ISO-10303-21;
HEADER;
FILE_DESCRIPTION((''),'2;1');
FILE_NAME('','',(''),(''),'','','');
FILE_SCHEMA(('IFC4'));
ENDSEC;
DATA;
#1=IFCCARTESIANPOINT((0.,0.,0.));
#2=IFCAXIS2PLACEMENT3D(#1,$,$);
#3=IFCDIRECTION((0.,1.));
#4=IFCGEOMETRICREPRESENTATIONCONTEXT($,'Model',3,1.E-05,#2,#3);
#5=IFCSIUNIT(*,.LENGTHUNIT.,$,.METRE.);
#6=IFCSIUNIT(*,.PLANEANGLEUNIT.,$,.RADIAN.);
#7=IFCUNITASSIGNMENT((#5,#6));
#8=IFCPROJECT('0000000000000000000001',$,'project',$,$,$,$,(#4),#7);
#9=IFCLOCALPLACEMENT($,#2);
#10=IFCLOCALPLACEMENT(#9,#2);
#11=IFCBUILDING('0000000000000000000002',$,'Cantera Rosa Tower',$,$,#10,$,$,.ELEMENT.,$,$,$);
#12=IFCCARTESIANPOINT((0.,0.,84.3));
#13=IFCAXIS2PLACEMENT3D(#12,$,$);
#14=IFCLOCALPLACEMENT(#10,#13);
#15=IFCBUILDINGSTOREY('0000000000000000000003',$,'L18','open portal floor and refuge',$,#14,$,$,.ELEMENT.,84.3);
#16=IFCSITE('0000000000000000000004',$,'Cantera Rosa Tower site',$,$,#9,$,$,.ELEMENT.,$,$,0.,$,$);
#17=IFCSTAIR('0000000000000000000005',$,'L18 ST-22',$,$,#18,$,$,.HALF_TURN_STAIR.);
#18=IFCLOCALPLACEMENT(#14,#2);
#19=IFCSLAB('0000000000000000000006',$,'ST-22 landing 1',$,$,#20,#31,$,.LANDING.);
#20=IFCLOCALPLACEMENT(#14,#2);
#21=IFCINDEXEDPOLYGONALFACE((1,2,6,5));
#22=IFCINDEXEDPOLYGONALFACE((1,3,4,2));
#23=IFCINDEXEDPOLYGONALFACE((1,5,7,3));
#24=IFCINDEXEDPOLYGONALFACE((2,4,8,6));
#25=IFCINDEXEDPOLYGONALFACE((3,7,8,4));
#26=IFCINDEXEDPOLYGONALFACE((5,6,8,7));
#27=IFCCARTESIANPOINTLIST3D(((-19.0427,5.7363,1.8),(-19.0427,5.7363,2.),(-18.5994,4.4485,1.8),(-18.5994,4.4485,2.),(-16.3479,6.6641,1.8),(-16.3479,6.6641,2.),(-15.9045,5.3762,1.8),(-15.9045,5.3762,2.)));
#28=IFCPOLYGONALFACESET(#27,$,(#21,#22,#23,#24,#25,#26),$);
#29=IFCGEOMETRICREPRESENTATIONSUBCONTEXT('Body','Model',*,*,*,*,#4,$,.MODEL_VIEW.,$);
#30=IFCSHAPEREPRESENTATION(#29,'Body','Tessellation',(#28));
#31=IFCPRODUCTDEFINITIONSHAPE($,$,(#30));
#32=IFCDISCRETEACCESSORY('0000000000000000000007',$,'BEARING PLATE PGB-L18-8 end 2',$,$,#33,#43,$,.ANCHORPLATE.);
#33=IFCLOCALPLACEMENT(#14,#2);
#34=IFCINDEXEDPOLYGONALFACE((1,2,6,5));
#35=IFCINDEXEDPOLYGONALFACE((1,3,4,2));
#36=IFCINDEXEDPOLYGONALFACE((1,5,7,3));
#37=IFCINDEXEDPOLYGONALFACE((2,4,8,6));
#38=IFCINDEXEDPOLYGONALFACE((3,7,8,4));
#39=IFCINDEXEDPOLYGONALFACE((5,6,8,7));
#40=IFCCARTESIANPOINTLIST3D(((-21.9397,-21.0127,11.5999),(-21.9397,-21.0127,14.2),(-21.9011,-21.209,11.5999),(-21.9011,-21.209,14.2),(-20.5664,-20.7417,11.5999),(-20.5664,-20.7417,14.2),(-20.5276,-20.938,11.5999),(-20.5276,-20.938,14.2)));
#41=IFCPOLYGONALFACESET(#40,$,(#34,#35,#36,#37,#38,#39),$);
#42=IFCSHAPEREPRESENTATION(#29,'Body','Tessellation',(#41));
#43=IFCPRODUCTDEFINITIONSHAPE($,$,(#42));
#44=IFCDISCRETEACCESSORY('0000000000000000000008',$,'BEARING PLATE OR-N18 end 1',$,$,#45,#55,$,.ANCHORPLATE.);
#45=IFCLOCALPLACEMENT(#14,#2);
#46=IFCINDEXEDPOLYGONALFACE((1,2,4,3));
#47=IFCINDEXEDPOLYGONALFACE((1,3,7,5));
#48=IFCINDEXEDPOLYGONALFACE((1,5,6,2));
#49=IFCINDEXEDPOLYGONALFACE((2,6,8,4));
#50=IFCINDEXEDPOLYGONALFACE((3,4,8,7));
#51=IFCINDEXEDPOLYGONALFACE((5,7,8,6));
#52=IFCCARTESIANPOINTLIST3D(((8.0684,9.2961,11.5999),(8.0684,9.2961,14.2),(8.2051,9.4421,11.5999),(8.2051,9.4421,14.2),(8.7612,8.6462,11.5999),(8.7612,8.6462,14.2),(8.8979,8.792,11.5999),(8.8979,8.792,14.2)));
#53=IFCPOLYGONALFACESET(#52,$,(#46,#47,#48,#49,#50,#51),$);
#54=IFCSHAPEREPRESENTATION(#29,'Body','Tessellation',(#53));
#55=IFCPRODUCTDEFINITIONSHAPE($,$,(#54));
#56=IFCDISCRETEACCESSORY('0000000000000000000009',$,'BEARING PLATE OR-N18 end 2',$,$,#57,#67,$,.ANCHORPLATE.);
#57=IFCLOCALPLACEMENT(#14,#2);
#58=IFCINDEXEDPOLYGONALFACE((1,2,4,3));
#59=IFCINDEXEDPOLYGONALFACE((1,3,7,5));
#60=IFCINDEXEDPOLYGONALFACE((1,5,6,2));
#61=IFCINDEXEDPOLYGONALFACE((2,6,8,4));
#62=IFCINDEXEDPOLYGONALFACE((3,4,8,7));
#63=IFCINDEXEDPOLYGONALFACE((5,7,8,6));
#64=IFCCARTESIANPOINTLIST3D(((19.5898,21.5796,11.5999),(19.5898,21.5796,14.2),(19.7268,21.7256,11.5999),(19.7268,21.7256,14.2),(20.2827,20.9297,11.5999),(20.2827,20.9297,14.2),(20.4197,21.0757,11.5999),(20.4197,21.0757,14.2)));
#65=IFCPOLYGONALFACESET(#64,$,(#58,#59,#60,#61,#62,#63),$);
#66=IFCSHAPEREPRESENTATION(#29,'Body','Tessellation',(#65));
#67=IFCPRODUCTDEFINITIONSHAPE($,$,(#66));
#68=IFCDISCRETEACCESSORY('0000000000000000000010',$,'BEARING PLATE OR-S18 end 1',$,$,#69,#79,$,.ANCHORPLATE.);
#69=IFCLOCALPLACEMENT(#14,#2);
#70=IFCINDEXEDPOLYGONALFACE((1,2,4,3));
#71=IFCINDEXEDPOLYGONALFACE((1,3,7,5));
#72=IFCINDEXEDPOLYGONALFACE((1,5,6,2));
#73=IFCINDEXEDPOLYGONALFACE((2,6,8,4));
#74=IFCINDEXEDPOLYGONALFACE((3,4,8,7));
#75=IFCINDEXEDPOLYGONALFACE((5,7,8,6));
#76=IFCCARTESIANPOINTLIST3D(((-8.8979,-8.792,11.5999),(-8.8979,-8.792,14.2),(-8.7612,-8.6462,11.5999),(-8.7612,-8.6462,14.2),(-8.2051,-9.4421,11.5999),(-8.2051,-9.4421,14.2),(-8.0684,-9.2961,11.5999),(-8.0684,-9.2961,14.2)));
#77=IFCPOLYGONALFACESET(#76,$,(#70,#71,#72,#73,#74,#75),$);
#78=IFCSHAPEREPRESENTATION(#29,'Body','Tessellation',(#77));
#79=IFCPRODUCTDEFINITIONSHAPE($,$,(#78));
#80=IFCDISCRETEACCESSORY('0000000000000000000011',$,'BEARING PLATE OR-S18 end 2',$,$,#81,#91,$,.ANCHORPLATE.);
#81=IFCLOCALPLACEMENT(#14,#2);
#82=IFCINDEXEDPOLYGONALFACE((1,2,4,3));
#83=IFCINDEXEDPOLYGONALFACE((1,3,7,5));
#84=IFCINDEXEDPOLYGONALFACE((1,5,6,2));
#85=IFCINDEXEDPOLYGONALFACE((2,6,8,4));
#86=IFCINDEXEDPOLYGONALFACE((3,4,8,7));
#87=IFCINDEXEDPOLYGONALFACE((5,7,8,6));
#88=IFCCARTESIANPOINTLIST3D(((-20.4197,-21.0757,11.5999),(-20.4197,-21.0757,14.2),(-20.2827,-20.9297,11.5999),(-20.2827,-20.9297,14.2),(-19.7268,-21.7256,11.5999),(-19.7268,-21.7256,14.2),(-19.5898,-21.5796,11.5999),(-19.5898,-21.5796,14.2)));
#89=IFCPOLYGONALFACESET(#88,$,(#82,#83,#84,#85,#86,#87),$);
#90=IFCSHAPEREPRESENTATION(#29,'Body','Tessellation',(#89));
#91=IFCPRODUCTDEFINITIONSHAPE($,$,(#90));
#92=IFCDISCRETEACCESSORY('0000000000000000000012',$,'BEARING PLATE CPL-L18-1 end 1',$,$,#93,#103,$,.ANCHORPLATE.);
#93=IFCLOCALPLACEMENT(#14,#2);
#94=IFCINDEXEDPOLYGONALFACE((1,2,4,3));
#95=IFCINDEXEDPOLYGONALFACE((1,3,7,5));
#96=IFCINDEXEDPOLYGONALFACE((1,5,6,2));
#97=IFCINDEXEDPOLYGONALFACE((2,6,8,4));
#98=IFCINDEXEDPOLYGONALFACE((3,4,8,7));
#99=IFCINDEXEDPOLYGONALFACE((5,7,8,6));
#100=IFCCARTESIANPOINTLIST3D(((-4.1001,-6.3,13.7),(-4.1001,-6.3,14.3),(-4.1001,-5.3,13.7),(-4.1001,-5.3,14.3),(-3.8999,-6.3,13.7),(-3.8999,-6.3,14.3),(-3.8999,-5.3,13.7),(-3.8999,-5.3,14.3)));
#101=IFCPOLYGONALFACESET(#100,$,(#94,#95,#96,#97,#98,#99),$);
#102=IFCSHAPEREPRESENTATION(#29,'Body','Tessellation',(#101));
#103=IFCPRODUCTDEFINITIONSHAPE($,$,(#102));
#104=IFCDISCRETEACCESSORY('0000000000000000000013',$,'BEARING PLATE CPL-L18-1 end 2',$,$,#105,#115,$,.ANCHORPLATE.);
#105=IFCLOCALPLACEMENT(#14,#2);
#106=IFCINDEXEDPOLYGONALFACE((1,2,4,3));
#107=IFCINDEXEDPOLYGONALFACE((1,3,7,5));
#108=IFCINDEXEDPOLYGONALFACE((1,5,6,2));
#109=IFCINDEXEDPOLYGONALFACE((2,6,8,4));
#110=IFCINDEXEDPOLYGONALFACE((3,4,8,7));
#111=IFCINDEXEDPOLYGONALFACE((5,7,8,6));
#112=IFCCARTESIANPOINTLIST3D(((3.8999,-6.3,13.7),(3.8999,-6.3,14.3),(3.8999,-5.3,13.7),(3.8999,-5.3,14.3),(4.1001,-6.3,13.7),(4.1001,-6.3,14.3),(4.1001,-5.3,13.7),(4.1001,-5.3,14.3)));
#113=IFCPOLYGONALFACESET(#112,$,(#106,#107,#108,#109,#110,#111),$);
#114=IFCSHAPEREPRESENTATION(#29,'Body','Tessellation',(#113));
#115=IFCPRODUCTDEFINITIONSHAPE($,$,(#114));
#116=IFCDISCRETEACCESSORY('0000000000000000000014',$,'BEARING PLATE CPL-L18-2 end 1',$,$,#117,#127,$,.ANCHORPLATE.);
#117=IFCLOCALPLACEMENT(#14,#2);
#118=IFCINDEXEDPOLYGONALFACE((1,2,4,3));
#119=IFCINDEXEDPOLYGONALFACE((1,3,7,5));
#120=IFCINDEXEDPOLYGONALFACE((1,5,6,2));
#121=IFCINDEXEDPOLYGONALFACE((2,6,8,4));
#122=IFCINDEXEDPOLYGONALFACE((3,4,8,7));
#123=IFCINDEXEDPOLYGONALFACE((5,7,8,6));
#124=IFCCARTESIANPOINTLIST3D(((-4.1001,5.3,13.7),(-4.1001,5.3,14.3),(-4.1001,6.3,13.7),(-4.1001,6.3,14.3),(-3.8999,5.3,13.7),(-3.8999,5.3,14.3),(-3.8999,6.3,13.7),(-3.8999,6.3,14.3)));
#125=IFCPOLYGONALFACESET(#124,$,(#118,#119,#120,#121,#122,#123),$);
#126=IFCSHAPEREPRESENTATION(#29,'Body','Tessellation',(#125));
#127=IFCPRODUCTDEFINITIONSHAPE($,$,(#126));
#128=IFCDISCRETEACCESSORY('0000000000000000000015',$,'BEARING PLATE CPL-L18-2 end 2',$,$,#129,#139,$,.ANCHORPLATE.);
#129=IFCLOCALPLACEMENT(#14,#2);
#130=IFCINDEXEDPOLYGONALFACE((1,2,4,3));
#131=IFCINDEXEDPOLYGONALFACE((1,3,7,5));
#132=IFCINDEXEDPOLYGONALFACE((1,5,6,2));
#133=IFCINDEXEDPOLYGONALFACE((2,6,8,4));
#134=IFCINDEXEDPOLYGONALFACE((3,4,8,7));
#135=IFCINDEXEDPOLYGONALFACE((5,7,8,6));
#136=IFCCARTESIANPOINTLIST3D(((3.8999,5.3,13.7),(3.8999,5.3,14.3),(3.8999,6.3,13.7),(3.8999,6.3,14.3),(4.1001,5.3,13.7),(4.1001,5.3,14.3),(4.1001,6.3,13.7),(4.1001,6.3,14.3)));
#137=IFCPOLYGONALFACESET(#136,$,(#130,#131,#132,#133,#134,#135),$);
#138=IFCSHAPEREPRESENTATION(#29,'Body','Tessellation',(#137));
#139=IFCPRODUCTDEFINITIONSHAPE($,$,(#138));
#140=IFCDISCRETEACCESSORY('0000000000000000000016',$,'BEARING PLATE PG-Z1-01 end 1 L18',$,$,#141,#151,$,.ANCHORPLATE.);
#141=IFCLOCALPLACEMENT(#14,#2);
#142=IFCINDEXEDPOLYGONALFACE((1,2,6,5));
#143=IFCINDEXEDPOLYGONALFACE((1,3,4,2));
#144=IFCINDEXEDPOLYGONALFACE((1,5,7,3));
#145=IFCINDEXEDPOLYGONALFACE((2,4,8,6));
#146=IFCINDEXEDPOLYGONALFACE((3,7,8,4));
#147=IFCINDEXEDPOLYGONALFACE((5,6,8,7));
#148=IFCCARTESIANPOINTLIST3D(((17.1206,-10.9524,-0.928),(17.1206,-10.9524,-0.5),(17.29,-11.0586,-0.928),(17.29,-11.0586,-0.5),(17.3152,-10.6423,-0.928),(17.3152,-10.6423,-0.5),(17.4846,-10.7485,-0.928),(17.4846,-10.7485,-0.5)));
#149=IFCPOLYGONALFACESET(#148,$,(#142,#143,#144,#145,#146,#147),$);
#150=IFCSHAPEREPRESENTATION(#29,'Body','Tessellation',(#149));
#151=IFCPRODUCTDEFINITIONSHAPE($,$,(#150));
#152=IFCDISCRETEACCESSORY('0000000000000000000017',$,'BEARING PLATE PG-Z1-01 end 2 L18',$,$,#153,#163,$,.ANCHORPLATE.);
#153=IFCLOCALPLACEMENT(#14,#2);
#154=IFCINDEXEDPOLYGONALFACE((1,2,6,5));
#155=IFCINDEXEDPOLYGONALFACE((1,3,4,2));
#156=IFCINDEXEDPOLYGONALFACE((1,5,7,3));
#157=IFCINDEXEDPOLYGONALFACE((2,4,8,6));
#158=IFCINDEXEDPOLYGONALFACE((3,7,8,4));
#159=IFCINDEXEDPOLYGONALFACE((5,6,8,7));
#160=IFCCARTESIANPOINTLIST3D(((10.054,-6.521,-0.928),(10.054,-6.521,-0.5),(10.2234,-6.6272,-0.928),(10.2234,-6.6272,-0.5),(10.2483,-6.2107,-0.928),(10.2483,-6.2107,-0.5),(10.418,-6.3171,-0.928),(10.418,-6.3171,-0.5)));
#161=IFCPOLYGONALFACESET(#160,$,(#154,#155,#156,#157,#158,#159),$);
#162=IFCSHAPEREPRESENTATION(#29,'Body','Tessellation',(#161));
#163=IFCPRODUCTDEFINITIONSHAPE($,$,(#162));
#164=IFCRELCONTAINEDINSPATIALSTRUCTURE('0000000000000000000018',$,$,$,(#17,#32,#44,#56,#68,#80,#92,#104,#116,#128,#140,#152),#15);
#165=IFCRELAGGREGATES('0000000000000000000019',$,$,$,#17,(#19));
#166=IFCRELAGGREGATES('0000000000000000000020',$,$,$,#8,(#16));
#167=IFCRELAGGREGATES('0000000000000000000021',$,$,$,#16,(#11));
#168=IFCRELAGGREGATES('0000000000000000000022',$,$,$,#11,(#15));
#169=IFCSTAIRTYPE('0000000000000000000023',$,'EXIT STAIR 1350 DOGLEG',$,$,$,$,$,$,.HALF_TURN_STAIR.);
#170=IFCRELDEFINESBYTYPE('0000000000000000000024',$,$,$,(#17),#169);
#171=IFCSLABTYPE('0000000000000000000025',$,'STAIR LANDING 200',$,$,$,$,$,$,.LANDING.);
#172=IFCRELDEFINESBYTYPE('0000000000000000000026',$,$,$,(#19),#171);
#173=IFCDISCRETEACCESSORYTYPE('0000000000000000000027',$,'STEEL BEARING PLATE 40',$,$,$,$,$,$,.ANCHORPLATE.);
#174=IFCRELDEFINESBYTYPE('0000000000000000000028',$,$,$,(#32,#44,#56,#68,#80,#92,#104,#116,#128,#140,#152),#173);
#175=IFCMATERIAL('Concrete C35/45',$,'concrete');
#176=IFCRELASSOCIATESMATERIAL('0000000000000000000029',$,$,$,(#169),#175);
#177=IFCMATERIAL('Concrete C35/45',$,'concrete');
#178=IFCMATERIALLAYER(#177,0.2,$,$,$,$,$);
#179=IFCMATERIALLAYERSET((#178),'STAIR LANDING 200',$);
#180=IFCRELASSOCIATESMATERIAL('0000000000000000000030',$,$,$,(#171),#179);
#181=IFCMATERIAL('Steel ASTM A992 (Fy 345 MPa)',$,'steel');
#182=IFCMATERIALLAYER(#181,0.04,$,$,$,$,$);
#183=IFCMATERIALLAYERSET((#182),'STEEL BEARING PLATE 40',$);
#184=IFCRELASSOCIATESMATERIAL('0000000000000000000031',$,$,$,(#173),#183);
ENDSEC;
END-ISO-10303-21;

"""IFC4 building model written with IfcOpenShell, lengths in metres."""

from ifc_helpers import new_model, si_unit, direction, frame, origin, place, context, subcontext, project, spatial, polyline, outline, extrude, material, layer, layer_set, type_object, element, aggregate, save


model = new_model("IFC4")

# Units and contexts
model_context = context("Model", 3, precision=1e-05, world=origin(), true_north=direction((0.0, 1.0)))
body_context = subcontext(model_context, "Body", "Model", "MODEL_VIEW")
ifc_project = project(units=[si_unit("LENGTHUNIT", "METRE"), si_unit("PLANEANGLEUNIT", "RADIAN")], contexts=[model_context])

# Site, building, storey
site_placement = place(None, origin())
site = spatial("IfcSite", under=ifc_project, at=site_placement, Name="Cantera Rosa Tower site", CompositionType="ELEMENT", RefElevation=0.0)
building_placement = place(site_placement, origin())
building = spatial("IfcBuilding", under=site, at=building_placement, Name="Cantera Rosa Tower", CompositionType="ELEMENT")
storey_placement = place(building_placement, frame((0.0, 0.0, 84.3)))
storey = spatial("IfcBuildingStorey", under=building, at=storey_placement, Name="L18", Description="open portal floor and refuge", CompositionType="ELEMENT", Elevation=84.3)

# Shared definitions
ifc_material_1 = material(Name="Concrete C35/45", Category="concrete")
stair_type = type_object("IfcStairType", Name="EXIT STAIR 1350 DOGLEG", PredefinedType="HALF_TURN_STAIR", material=ifc_material_1)
ifc_material_2 = material(Name="Concrete C35/45", Category="concrete")
ifc_layer_1 = layer(ifc_material_2, 0.2)
ifc_layer_set_1 = layer_set([ifc_layer_1], Name="STAIR LANDING 200")
slab_type_1 = type_object("IfcSlabType", Name="STAIR LANDING 200", PredefinedType="LANDING", material=ifc_layer_set_1)

# Stair, slab
stair_1_placement = place(storey_placement, origin())
stair_1 = element("IfcStair", 1, at=stair_1_placement, inside=storey, type_object=stair_type, Name="L18 ST-22", PredefinedType="HALF_TURN_STAIR")
slab_1_placement = place(storey_placement, frame((0.0, 0.0, 1.8)))
slab_1 = element("IfcSlab", 2, at=slab_1_placement, type_object=slab_type_1, Name="ST-22 landing 1", PredefinedType="LANDING", context=body_context, shape_type="SweptSolid", body=[
    extrude(outline(polyline([(-15.9045, 5.3762), (-16.3479, 6.6641), (-19.0427, 5.7363), (-18.5994, 4.4485), (-15.9045, 5.3762)])), origin(), (0.0, 0.0, 1.0), 0.2),
])
aggregate(stair_1, [slab_1])

# Discrete accessories
ifc_material_3 = material(Name="Steel ASTM A992 (Fy 345 MPa)", Category="steel")
ifc_layer_2 = layer(ifc_material_3, 0.04)
ifc_layer_set_2 = layer_set([ifc_layer_2], Name="STEEL BEARING PLATE 40")
discrete_accessory_type = type_object("IfcDiscreteAccessoryType", Name="STEEL BEARING PLATE 40", PredefinedType="ANCHORPLATE", material=ifc_layer_set_2)
discrete_accessory_1_placement = place(storey_placement, frame((0.0, 0.0, 11.5999)))
element("IfcDiscreteAccessory", 3, at=discrete_accessory_1_placement, inside=storey, type_object=discrete_accessory_type, Name="BEARING PLATE PGB-L18-8 end 2", PredefinedType="ANCHORPLATE", context=body_context, shape_type="SweptSolid", body=[
    extrude(outline(polyline([(-21.9397, -21.0127), (-21.9011, -21.209), (-20.5276, -20.938), (-20.5664, -20.7417), (-21.9397, -21.0127)])), origin(), (0.0, 0.0, 1.0), 2.6001),
])
discrete_accessory_2_placement = place(storey_placement, frame((0.0, 0.0, 11.5999)))
element("IfcDiscreteAccessory", 4, at=discrete_accessory_2_placement, inside=storey, type_object=discrete_accessory_type, Name="BEARING PLATE OR-N18 end 1", PredefinedType="ANCHORPLATE", context=body_context, shape_type="SweptSolid", body=[
    extrude(outline(polyline([(8.2051, 9.4421), (8.0684, 9.2961), (8.7612, 8.6462), (8.8979, 8.792), (8.2051, 9.4421)])), origin(), (0.0, 0.0, 1.0), 2.6001),
])
discrete_accessory_3_placement = place(storey_placement, frame((0.0, 0.0, 11.5999)))
element("IfcDiscreteAccessory", 5, at=discrete_accessory_3_placement, inside=storey, type_object=discrete_accessory_type, Name="BEARING PLATE OR-N18 end 2", PredefinedType="ANCHORPLATE", context=body_context, shape_type="SweptSolid", body=[
    extrude(outline(polyline([(20.2827, 20.9297), (20.4197, 21.0757), (19.7268, 21.7256), (19.5898, 21.5796), (20.2827, 20.9297)])), origin(), (0.0, 0.0, 1.0), 2.6001),
])
discrete_accessory_4_placement = place(storey_placement, frame((0.0, 0.0, 11.5999)))
element("IfcDiscreteAccessory", 6, at=discrete_accessory_4_placement, inside=storey, type_object=discrete_accessory_type, Name="BEARING PLATE OR-S18 end 1", PredefinedType="ANCHORPLATE", context=body_context, shape_type="SweptSolid", body=[
    extrude(outline(polyline([(-8.2051, -9.4421), (-8.0684, -9.2961), (-8.7612, -8.6462), (-8.8979, -8.792), (-8.2051, -9.4421)])), origin(), (0.0, 0.0, 1.0), 2.6001),
])
discrete_accessory_5_placement = place(storey_placement, frame((0.0, 0.0, 11.5999)))
element("IfcDiscreteAccessory", 7, at=discrete_accessory_5_placement, inside=storey, type_object=discrete_accessory_type, Name="BEARING PLATE OR-S18 end 2", PredefinedType="ANCHORPLATE", context=body_context, shape_type="SweptSolid", body=[
    extrude(outline(polyline([(-20.2827, -20.9297), (-20.4197, -21.0757), (-19.7268, -21.7256), (-19.5898, -21.5796), (-20.2827, -20.9297)])), origin(), (0.0, 0.0, 1.0), 2.6001),
])
discrete_accessory_6_placement = place(storey_placement, frame((0.0, 0.0, 13.7)))
element("IfcDiscreteAccessory", 8, at=discrete_accessory_6_placement, inside=storey, type_object=discrete_accessory_type, Name="BEARING PLATE CPL-L18-1 end 1", PredefinedType="ANCHORPLATE", context=body_context, shape_type="SweptSolid", body=[
    extrude(outline(polyline([(-3.8999, -5.3), (-4.1001, -5.3), (-4.1001, -6.3), (-3.8999, -6.3), (-3.8999, -5.3)])), origin(), (0.0, 0.0, 1.0), 0.6001),
])
discrete_accessory_7_placement = place(storey_placement, frame((0.0, 0.0, 13.7)))
element("IfcDiscreteAccessory", 9, at=discrete_accessory_7_placement, inside=storey, type_object=discrete_accessory_type, Name="BEARING PLATE CPL-L18-1 end 2", PredefinedType="ANCHORPLATE", context=body_context, shape_type="SweptSolid", body=[
    extrude(outline(polyline([(3.8999, -6.3), (4.1001, -6.3), (4.1001, -5.3), (3.8999, -5.3), (3.8999, -6.3)])), origin(), (0.0, 0.0, 1.0), 0.6001),
])
discrete_accessory_8_placement = place(storey_placement, frame((0.0, 0.0, 13.7)))
element("IfcDiscreteAccessory", 10, at=discrete_accessory_8_placement, inside=storey, type_object=discrete_accessory_type, Name="BEARING PLATE CPL-L18-2 end 1", PredefinedType="ANCHORPLATE", context=body_context, shape_type="SweptSolid", body=[
    extrude(outline(polyline([(-3.8999, 6.3), (-4.1001, 6.3), (-4.1001, 5.3), (-3.8999, 5.3), (-3.8999, 6.3)])), origin(), (0.0, 0.0, 1.0), 0.6001),
])
discrete_accessory_9_placement = place(storey_placement, frame((0.0, 0.0, 13.7)))
element("IfcDiscreteAccessory", 11, at=discrete_accessory_9_placement, inside=storey, type_object=discrete_accessory_type, Name="BEARING PLATE CPL-L18-2 end 2", PredefinedType="ANCHORPLATE", context=body_context, shape_type="SweptSolid", body=[
    extrude(outline(polyline([(3.8999, 5.3), (4.1001, 5.3), (4.1001, 6.3), (3.8999, 6.3), (3.8999, 5.3)])), origin(), (0.0, 0.0, 1.0), 0.6001),
])
discrete_accessory_10_placement = place(storey_placement, frame((0.0, 0.0, -0.928)))
element("IfcDiscreteAccessory", 12, at=discrete_accessory_10_placement, inside=storey, type_object=discrete_accessory_type, Name="BEARING PLATE PG-Z1-01 end 1 L18", PredefinedType="ANCHORPLATE", context=body_context, shape_type="SweptSolid", body=[
    extrude(outline(polyline([(17.1206, -10.9524), (17.29, -11.0586), (17.4846, -10.7485), (17.3152, -10.6423), (17.1206, -10.9524)])), origin(), (0.0, 0.0, 1.0), 0.428),
])
discrete_accessory_11_placement = place(storey_placement, frame((0.0, 0.0, -0.928)))
element("IfcDiscreteAccessory", 13, at=discrete_accessory_11_placement, inside=storey, type_object=discrete_accessory_type, Name="BEARING PLATE PG-Z1-01 end 2 L18", PredefinedType="ANCHORPLATE", context=body_context, shape_type="SweptSolid", body=[
    extrude(outline(polyline([(10.418, -6.3171), (10.2483, -6.2107), (10.054, -6.521), (10.2234, -6.6272), (10.418, -6.3171)])), origin(), (0.0, 0.0, 1.0), 0.428),
])

save(model, "model.ifc")
